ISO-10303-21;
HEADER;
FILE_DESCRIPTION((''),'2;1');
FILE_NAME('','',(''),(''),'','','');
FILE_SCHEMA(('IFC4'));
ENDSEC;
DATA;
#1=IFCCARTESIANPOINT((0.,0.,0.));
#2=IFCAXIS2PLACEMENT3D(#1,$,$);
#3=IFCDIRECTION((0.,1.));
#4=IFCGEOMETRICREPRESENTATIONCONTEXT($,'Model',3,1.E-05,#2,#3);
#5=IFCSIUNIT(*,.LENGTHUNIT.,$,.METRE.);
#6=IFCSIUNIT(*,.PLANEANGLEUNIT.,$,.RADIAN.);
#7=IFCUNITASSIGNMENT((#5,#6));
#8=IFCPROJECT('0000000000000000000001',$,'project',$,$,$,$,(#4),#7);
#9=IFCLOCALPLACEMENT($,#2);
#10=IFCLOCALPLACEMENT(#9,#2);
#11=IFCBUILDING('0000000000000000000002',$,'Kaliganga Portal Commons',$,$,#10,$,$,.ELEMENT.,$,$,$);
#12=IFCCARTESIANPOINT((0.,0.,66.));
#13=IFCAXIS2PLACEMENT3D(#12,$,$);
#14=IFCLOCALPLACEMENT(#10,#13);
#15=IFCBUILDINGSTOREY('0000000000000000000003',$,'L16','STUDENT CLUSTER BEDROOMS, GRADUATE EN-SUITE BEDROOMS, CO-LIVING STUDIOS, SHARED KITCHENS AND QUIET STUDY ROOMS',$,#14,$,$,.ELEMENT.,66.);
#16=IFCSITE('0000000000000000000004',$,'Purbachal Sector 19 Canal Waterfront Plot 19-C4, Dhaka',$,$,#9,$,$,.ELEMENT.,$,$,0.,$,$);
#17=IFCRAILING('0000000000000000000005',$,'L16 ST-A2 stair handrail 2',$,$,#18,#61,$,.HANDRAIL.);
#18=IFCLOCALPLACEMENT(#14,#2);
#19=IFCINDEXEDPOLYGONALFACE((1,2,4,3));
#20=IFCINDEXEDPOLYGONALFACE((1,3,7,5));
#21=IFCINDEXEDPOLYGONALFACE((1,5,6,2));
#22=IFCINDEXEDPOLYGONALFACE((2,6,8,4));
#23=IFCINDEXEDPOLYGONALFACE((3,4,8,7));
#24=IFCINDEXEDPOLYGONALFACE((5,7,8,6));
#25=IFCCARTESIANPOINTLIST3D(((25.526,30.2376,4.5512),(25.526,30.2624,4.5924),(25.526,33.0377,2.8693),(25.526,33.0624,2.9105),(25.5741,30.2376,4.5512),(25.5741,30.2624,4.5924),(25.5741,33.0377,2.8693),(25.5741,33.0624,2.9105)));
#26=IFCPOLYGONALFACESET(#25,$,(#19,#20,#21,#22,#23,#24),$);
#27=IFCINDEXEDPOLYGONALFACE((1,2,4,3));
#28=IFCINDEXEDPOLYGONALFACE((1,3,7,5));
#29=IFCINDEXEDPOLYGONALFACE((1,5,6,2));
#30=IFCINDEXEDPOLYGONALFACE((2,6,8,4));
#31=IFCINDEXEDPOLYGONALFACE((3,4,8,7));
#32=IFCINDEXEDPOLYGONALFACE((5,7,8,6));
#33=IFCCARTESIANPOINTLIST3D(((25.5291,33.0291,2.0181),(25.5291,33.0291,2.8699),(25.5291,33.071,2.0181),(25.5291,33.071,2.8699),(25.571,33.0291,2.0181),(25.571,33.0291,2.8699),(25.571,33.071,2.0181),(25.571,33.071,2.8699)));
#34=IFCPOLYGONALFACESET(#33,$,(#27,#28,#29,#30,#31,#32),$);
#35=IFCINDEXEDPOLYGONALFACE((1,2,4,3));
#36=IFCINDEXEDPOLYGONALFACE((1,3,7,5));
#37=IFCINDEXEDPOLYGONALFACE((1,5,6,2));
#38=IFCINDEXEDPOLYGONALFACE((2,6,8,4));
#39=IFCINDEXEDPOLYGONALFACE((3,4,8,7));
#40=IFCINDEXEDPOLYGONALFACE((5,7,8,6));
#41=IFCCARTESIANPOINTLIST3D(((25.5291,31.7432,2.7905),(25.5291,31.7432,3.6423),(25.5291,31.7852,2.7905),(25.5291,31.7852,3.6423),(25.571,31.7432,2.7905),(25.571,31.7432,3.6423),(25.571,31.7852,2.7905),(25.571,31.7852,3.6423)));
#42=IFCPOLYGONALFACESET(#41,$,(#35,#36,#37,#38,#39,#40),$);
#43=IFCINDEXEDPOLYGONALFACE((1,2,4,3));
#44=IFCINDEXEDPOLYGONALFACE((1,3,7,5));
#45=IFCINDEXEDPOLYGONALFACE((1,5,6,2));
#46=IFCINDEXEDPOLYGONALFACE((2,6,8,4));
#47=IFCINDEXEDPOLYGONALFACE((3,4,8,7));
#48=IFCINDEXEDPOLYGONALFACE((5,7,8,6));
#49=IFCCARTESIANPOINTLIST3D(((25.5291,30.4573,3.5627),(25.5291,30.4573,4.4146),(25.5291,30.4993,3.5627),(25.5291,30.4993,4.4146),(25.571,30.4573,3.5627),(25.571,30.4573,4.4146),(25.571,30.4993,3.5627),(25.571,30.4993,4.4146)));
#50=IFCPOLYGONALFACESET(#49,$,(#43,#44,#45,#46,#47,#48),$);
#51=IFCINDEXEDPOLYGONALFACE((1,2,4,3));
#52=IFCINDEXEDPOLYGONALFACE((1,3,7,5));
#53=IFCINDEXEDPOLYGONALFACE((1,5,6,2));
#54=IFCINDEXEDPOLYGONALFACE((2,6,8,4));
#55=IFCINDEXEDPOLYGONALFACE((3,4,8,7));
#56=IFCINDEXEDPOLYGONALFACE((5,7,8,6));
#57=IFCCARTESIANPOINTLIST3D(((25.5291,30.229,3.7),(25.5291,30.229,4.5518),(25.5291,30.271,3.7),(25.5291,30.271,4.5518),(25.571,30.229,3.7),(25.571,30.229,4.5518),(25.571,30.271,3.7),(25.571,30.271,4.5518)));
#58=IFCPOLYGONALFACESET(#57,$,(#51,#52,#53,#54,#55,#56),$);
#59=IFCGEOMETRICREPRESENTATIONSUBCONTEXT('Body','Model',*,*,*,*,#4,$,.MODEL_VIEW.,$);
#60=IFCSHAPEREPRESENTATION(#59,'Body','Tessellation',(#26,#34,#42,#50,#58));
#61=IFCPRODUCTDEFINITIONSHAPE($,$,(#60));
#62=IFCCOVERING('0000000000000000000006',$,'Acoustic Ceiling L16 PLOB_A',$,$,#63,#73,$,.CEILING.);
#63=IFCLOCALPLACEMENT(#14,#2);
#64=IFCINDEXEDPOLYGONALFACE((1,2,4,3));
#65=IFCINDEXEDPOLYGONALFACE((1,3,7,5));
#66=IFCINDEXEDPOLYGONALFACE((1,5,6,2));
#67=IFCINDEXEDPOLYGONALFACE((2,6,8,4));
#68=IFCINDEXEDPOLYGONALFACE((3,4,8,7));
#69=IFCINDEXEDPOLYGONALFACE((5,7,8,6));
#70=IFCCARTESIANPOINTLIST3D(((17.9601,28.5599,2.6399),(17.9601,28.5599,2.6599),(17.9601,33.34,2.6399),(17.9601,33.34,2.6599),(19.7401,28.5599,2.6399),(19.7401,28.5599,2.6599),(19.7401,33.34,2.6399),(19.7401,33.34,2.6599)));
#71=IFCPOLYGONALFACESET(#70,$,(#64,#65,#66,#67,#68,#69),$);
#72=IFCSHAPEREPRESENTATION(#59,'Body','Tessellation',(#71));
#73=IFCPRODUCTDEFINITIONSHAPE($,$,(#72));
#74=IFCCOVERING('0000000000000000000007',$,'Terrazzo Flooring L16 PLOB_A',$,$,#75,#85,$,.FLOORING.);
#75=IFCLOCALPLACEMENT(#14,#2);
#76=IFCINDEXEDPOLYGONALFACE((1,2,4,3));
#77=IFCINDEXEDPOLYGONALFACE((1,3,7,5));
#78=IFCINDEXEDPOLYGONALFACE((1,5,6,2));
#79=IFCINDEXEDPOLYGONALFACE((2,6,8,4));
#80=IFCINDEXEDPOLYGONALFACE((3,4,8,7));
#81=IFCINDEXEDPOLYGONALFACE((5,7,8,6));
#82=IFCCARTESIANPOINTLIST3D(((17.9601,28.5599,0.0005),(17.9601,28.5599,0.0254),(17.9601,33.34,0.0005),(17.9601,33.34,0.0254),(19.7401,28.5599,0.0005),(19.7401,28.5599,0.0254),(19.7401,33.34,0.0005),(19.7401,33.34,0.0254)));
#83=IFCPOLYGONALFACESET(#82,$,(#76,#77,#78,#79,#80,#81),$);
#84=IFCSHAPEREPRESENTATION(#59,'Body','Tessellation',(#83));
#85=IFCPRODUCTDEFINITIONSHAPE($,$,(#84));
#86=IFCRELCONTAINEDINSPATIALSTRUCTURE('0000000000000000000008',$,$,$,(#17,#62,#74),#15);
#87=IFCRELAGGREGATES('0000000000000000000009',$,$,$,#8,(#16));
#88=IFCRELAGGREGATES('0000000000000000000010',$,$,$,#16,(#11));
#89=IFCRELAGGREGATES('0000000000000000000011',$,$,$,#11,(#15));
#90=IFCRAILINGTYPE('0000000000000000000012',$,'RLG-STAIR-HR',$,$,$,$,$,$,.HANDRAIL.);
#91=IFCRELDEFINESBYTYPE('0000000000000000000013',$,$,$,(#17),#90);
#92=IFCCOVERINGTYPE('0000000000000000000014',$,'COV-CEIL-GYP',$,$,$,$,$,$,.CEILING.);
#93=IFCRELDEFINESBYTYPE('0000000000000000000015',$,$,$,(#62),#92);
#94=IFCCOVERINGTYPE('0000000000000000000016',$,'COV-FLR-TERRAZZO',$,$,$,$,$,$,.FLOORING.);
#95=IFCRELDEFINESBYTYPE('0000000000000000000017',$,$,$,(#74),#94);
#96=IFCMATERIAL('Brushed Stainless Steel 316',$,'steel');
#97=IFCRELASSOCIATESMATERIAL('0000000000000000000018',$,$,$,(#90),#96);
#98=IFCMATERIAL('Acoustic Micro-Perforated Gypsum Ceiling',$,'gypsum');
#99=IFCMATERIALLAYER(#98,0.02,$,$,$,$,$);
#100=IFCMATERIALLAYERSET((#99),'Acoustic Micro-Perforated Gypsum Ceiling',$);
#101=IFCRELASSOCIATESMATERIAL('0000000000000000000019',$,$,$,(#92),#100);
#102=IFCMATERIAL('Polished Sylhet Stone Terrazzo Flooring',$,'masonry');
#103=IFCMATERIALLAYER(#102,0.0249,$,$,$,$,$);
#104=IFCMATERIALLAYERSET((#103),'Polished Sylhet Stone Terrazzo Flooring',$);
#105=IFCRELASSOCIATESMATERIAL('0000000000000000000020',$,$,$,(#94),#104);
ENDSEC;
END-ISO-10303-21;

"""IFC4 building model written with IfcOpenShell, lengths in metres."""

from ifc_helpers import new_model, si_unit, direction, frame, origin, origin_2d, place, context, subcontext, project, spatial, rectangle, extrude, source, transform, mapped, material, layer, layer_set, type_object, element, save


model = new_model("IFC4")

# Units and contexts
model_context = context("Model", 3, precision=1e-05, world=origin(), true_north=direction((0.0, 1.0)))
body_context = subcontext(model_context, "Body", "Model", "MODEL_VIEW")
ifc_project = project(units=[si_unit("LENGTHUNIT", "METRE"), si_unit("PLANEANGLEUNIT", "RADIAN")], contexts=[model_context])

# Site, building, storey
site_placement = place(None, origin())
site = spatial("IfcSite", under=ifc_project, at=site_placement, Name="Purbachal Sector 19 Canal Waterfront Plot 19-C4, Dhaka", CompositionType="ELEMENT", RefElevation=0.0)
building_placement = place(site_placement, origin())
building = spatial("IfcBuilding", under=site, at=building_placement, Name="Kaliganga Portal Commons", CompositionType="ELEMENT")
storey_placement = place(building_placement, frame((0.0, 0.0, 66.0)))
storey = spatial("IfcBuildingStorey", under=building, at=storey_placement, Name="L16", Description="STUDENT CLUSTER BEDROOMS, GRADUATE EN-SUITE BEDROOMS, CO-LIVING STUDIOS, SHARED KITCHENS AND QUIET STUDY ROOMS", CompositionType="ELEMENT", Elevation=66.0)

# Railing
ifc_material_1 = material(Name="Brushed Stainless Steel 316", Category="steel")
railing_type_1 = type_object("IfcRailingType", Name="RLG-STAIR-HR", PredefinedType="HANDRAIL", material=ifc_material_1)
railing_1_placement = place(storey_placement, frame((25.55, 33.05, 2.0181)))
element("IfcRailing", 1, at=railing_1_placement, inside=storey, type_object=railing_type_1, Name="L16 ST-A2 stair handrail 2", PredefinedType="HANDRAIL", context=body_context, shape_type="SweptSolid", body=[
    extrude(rectangle(XDim=0.0481, YDim=0.0481, at=origin_2d()), frame((0.0, 0.0, 0.8718), z_axis=(0.0, -0.857242, 0.514913), x_axis=(1.0, 0.0, 0.0)), (0.0, 0.0, 1.0), 3.2664),
    extrude(rectangle(XDim=0.042, YDim=0.042, at=origin_2d()), origin(), (0.0, 0.0, 1.0), 0.8518),
    extrude(rectangle(XDim=0.042, YDim=0.042, at=origin_2d()), frame((0.0, -1.2859, 0.7725)), (0.0, 0.0, 1.0), 0.8518),
    extrude(rectangle(XDim=0.042, YDim=0.042, at=origin_2d()), frame((0.0, -2.5718, 1.5447)), (0.0, 0.0, 1.0), 0.8518),
    extrude(rectangle(XDim=0.042, YDim=0.042, at=origin_2d()), frame((0.0, -2.8, 1.6819)), (0.0, 0.0, 1.0), 0.8518),
])

# Coverings
ifc_material_2 = material(Name="Acoustic Micro-Perforated Gypsum Ceiling", Category="gypsum")
ifc_layer_1 = layer(ifc_material_2, 0.02)
ifc_layer_set_1 = layer_set([ifc_layer_1], Name="Acoustic Micro-Perforated Gypsum Ceiling")
covering_type_1 = type_object("IfcCoveringType", Name="COV-CEIL-GYP", PredefinedType="CEILING", material=ifc_layer_set_1)
shared_shape_1 = source(origin(), body_context, "Body", "SweptSolid", [
    extrude(rectangle(XDim=1.78, YDim=4.78, at=origin_2d()), origin(), (0.0, 0.0, 1.0), 0.02),
])
covering_1_placement = place(storey_placement, frame((18.8501, 30.95, 2.6399), z_axis=(0.0, 0.0, 1.0), x_axis=(1.0, 0.0, 0.0)))
element("IfcCovering", 2, at=covering_1_placement, inside=storey, type_object=covering_type_1, Name="Acoustic Ceiling L16 PLOB_A", PredefinedType="CEILING", context=body_context, shape_type="MappedRepresentation", body=[
    mapped(shared_shape_1, transform((0.0, 0.0, 0.0), x_axis=(1.0, 0.0, 0.0), y_axis=(0.0, 1.0, 0.0), z_axis=(0.0, 0.0, 1.0), scale=1.0)),
])
ifc_material_3 = material(Name="Polished Sylhet Stone Terrazzo Flooring", Category="masonry")
ifc_layer_2 = layer(ifc_material_3, 0.0249)
ifc_layer_set_2 = layer_set([ifc_layer_2], Name="Polished Sylhet Stone Terrazzo Flooring")
covering_type_2 = type_object("IfcCoveringType", Name="COV-FLR-TERRAZZO", PredefinedType="FLOORING", material=ifc_layer_set_2)
shared_shape_2 = source(origin(), body_context, "Body", "SweptSolid", [
    extrude(rectangle(XDim=1.78, YDim=4.78, at=origin_2d()), origin(), (0.0, 0.0, 1.0), 0.0249),
])
covering_2_placement = place(storey_placement, frame((18.8501, 30.95, 0.0005), z_axis=(0.0, 0.0, 1.0), x_axis=(1.0, 0.0, 0.0)))
element("IfcCovering", 3, at=covering_2_placement, inside=storey, type_object=covering_type_2, Name="Terrazzo Flooring L16 PLOB_A", PredefinedType="FLOORING", context=body_context, shape_type="MappedRepresentation", body=[
    mapped(shared_shape_2, transform((0.0, 0.0, 0.0), x_axis=(1.0, 0.0, 0.0), y_axis=(0.0, 1.0, 0.0), z_axis=(0.0, 0.0, 1.0), scale=1.0)),
])

save(model, "model.ifc")
